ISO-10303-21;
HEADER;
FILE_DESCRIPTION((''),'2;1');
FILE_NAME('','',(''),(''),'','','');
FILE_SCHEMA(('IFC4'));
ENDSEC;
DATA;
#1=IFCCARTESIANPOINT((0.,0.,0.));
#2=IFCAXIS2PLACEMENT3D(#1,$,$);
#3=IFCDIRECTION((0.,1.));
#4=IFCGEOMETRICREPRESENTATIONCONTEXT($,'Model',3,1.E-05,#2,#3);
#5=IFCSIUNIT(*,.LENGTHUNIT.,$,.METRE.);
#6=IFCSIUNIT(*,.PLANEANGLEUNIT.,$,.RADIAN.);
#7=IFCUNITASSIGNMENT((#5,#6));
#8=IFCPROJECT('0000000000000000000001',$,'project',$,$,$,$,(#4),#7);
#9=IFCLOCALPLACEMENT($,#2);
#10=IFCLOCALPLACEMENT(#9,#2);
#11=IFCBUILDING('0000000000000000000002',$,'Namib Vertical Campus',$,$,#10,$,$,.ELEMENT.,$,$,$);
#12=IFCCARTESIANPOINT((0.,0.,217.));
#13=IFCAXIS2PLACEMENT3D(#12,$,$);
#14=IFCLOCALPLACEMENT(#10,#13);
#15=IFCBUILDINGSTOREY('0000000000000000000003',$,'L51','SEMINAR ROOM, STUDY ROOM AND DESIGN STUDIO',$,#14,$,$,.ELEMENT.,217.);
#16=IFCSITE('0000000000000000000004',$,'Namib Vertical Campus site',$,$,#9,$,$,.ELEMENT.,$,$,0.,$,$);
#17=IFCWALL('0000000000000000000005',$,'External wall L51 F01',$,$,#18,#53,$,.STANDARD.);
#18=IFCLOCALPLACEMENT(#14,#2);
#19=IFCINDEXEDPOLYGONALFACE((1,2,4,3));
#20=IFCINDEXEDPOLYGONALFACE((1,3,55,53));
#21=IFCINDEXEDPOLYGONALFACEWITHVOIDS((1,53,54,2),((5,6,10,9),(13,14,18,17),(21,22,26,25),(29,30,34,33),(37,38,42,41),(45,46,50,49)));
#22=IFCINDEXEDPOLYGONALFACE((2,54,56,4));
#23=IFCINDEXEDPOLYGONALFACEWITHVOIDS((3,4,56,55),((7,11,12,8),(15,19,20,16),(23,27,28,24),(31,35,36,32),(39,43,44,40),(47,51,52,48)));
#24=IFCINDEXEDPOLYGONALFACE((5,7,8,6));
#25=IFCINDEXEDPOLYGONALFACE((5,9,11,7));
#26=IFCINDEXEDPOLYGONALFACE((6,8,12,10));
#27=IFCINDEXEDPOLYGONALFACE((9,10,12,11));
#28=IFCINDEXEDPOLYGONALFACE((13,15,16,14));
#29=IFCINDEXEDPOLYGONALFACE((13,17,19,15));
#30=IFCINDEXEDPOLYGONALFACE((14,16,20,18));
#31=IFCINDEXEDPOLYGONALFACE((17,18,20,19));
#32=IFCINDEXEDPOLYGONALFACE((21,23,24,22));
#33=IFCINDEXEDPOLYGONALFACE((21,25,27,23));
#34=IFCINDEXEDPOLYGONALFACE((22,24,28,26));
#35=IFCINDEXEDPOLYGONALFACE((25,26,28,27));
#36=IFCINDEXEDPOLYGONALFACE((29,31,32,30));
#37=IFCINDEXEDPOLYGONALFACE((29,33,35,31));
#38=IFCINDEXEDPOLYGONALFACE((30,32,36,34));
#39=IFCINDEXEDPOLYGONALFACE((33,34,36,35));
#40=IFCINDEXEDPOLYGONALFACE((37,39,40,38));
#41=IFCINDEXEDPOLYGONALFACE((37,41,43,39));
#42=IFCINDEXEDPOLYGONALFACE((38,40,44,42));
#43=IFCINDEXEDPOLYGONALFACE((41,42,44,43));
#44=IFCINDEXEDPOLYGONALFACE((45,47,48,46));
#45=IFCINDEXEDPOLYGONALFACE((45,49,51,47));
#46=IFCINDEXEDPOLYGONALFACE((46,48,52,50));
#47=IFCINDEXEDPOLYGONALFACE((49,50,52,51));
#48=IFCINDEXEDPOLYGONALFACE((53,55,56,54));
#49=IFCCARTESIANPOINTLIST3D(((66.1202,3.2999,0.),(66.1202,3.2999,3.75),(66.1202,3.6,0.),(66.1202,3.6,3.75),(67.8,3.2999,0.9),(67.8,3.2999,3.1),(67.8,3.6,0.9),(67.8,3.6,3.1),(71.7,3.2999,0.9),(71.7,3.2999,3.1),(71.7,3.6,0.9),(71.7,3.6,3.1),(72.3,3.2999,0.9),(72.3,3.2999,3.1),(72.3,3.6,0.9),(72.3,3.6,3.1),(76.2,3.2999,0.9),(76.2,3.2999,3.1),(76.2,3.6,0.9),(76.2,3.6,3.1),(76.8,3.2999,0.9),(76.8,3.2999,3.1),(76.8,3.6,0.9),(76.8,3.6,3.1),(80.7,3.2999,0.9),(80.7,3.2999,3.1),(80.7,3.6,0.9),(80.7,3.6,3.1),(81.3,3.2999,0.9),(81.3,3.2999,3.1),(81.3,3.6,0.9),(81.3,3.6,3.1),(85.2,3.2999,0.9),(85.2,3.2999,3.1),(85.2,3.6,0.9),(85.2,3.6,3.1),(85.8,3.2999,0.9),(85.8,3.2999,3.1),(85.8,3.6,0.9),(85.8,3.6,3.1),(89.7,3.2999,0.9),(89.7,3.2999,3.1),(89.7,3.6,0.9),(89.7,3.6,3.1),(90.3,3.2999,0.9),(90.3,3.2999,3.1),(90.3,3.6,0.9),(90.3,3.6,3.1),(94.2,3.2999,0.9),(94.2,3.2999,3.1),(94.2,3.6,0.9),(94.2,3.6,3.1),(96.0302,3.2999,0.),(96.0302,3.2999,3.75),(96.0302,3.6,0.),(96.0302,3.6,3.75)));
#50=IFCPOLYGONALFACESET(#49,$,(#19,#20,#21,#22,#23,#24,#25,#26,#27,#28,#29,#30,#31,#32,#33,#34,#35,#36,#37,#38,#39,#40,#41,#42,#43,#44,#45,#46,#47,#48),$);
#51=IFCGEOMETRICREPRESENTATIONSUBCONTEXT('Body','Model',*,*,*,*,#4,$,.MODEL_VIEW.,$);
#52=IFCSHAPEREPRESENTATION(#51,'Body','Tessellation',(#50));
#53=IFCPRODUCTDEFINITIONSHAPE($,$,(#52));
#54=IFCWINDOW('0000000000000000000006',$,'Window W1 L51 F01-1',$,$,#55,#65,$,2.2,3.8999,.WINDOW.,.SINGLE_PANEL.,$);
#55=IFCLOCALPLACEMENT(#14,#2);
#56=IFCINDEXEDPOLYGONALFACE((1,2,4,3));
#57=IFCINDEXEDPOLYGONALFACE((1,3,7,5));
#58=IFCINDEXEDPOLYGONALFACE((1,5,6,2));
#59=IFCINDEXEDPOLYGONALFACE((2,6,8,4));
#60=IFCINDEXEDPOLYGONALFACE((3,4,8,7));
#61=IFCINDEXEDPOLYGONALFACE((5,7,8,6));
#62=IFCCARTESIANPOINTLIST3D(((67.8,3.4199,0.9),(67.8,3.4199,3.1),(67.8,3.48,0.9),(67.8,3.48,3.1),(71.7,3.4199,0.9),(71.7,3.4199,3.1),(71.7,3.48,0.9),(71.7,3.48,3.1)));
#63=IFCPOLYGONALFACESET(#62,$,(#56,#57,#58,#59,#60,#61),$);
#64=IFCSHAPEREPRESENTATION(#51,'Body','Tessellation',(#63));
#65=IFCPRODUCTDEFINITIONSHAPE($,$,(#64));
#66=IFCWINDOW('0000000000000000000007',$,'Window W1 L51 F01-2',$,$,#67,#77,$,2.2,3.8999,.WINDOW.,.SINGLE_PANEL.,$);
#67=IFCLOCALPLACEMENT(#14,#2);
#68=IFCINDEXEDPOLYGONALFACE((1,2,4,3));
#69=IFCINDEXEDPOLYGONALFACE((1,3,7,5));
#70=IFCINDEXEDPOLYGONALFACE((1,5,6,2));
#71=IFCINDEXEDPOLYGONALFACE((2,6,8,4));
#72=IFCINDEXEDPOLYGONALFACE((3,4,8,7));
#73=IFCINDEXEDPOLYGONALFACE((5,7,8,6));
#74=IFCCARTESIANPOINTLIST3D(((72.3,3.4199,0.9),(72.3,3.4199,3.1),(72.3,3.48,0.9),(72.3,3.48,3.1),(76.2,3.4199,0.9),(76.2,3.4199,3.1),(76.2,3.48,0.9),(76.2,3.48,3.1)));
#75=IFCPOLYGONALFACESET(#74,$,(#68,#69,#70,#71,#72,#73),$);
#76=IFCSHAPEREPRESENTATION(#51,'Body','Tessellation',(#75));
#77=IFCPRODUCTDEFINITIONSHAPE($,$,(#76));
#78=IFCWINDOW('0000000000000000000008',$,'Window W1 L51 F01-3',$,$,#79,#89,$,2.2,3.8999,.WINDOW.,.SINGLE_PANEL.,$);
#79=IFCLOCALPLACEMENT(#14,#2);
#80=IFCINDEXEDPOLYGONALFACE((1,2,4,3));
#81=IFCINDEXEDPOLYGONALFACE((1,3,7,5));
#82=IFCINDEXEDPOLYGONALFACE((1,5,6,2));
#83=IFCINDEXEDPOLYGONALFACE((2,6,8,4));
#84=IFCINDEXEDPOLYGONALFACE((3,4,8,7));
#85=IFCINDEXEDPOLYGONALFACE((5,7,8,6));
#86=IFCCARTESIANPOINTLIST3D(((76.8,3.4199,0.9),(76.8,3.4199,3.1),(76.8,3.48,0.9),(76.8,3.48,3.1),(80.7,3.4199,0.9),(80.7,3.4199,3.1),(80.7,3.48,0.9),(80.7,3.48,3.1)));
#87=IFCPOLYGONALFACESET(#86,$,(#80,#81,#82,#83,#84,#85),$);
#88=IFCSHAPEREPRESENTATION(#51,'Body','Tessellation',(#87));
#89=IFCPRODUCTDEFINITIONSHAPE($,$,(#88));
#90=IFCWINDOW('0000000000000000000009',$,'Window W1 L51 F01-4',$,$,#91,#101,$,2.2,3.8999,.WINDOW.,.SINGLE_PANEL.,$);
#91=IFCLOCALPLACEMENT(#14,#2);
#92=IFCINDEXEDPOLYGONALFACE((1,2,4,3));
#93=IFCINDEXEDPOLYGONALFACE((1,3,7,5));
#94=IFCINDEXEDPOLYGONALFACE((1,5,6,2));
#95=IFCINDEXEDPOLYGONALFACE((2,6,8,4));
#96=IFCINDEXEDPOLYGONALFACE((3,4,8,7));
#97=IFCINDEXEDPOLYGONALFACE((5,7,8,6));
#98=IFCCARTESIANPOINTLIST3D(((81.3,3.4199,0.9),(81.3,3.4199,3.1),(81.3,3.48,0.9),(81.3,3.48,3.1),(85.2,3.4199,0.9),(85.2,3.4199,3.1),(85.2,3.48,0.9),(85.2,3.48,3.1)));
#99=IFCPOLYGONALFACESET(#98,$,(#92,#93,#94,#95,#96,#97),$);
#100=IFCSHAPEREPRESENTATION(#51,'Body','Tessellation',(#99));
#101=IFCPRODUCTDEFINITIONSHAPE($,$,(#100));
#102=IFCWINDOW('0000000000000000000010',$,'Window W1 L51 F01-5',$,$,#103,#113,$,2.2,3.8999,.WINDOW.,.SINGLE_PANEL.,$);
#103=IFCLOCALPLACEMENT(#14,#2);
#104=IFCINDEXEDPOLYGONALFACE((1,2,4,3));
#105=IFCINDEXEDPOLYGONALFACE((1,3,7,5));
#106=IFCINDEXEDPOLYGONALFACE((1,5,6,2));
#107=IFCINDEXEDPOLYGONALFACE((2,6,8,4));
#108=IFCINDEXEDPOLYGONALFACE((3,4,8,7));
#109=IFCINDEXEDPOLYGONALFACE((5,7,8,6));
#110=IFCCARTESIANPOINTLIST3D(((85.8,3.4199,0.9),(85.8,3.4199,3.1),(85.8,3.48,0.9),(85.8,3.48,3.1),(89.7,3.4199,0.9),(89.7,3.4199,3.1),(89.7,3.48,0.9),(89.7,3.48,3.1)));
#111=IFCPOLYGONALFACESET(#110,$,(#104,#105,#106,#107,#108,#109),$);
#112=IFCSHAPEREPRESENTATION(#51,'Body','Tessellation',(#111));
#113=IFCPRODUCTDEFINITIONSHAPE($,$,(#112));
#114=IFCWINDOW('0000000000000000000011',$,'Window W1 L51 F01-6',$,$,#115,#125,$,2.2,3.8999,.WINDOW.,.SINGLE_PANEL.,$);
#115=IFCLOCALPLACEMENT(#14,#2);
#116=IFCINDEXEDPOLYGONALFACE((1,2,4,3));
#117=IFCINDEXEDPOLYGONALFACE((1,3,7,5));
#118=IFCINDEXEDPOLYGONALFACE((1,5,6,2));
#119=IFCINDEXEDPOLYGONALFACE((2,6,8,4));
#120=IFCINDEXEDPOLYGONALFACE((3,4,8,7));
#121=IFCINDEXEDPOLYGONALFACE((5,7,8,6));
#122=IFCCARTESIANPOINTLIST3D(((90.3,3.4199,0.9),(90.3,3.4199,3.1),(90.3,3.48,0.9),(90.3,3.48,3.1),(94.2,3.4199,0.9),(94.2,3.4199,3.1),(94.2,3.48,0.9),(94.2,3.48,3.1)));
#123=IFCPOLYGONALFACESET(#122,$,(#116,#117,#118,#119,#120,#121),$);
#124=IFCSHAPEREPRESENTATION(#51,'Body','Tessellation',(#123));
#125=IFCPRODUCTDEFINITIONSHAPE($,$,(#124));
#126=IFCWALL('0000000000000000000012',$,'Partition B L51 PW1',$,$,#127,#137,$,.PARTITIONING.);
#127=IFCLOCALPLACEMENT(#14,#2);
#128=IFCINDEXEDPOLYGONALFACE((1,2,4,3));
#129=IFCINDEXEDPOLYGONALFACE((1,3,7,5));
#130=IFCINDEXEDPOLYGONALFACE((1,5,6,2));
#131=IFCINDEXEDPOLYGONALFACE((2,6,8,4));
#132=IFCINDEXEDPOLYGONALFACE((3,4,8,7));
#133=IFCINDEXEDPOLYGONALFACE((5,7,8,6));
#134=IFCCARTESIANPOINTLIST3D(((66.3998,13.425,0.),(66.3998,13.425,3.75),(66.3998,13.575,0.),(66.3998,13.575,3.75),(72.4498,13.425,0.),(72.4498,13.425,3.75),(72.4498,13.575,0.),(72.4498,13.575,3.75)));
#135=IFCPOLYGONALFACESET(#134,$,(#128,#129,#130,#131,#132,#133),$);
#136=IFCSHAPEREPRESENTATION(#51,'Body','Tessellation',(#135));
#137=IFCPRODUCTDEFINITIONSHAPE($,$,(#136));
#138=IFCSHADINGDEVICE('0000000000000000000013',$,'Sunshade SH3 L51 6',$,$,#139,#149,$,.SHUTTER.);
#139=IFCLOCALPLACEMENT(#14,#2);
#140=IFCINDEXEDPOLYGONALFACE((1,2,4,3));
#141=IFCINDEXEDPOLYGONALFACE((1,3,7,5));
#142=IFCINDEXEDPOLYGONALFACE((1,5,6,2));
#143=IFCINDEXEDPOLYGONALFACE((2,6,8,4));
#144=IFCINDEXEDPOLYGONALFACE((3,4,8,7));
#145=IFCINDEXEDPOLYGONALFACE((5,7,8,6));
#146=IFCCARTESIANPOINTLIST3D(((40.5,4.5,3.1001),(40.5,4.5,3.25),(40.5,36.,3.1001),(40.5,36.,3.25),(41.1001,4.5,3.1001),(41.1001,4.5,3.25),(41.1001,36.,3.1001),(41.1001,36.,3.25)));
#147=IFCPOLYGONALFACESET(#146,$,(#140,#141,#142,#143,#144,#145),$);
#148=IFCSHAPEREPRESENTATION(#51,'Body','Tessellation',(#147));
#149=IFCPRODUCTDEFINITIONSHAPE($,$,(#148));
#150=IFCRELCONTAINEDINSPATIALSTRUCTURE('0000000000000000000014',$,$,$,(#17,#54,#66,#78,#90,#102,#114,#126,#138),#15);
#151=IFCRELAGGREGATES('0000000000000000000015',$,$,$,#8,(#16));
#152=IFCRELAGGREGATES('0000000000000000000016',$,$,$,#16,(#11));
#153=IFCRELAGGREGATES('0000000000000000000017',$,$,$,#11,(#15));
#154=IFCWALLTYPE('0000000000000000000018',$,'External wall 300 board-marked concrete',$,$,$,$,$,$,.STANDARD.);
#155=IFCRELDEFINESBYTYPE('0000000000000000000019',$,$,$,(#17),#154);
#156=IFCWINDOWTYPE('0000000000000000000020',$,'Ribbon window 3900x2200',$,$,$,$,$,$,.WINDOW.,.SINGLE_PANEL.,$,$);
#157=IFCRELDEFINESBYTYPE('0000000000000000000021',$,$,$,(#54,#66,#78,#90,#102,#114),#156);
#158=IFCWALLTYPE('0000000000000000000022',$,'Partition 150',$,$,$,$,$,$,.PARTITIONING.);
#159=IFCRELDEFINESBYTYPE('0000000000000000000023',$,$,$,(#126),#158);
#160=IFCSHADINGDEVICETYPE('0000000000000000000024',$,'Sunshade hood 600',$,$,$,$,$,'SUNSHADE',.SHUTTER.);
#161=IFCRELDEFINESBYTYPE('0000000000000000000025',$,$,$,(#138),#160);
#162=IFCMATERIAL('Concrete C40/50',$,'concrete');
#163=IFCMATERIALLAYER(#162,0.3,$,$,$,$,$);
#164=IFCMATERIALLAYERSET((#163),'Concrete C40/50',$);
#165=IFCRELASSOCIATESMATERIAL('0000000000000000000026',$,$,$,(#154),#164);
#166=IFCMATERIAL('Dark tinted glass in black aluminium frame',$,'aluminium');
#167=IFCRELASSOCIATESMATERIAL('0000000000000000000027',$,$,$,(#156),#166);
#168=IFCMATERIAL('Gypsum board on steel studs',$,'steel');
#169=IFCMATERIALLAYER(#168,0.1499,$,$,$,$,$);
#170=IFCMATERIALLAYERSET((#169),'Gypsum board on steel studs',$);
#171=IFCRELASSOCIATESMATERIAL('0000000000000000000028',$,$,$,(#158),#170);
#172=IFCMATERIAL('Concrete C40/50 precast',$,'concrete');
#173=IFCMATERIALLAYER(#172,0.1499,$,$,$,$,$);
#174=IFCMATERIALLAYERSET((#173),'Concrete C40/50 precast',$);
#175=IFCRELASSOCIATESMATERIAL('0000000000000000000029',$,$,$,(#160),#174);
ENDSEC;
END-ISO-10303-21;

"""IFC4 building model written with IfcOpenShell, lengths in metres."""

from ifc_helpers import new_model, si_unit, direction, frame, frame_2d, origin, origin_2d, place, context, subcontext, project, spatial, rectangle, extrude, material, layer, layer_set, type_object, element, fill, save


model = new_model("IFC4")

# Units and contexts
model_context = context("Model", 3, precision=1e-05, world=origin(), true_north=direction((0.0, 1.0)))
body_context = subcontext(model_context, "Body", "Model", "MODEL_VIEW")
ifc_project = project(units=[si_unit("LENGTHUNIT", "METRE"), si_unit("PLANEANGLEUNIT", "RADIAN")], contexts=[model_context])

# Site, building, storey
site_placement = place(None, origin())
site = spatial("IfcSite", under=ifc_project, at=site_placement, Name="Namib Vertical Campus site", CompositionType="ELEMENT", RefElevation=0.0)
building_placement = place(site_placement, origin())
building = spatial("IfcBuilding", under=site, at=building_placement, Name="Namib Vertical Campus", CompositionType="ELEMENT")
storey_placement = place(building_placement, frame((0.0, 0.0, 217.0)))
storey = spatial("IfcBuildingStorey", under=building, at=storey_placement, Name="L51", Description="SEMINAR ROOM, STUDY ROOM AND DESIGN STUDIO", CompositionType="ELEMENT", Elevation=217.0)

# Wall, openings, windows
ifc_material_1 = material(Name="Concrete C40/50", Category="concrete")
ifc_layer_1 = layer(ifc_material_1, 0.3)
ifc_layer_set_1 = layer_set([ifc_layer_1], Name="Concrete C40/50")
wall_type_1 = type_object("IfcWallType", Name="External wall 300 board-marked concrete", PredefinedType="STANDARD", material=ifc_layer_set_1)
ifc_material_2 = material(Name="Dark tinted glass in black aluminium frame", Category="aluminium")
window_type = type_object("IfcWindowType", Name="Ribbon window 3900x2200", PartitioningType="SINGLE_PANEL", PredefinedType="WINDOW", material=ifc_material_2)
wall_1_placement = place(storey_placement, frame((66.1201, 3.45, 0.0), z_axis=(0.0, 0.0, 1.0), x_axis=(1.0, 0.0, 0.0)))
wall_1 = element("IfcWall", 1, at=wall_1_placement, inside=storey, type_object=wall_type_1, Name="External wall L51 F01", PredefinedType="STANDARD", context=body_context, shape_type="SweptSolid", body=[
    extrude(rectangle(XDim=29.9099, YDim=0.3, at=frame_2d((14.9551, 0.0))), origin(), (0.0, 0.0, 1.0), 3.75),
])
opening_1_placement = place(wall_1_placement, frame((1.6799, 0.0, 0.8999)))
opening_1 = element("IfcOpeningElement", 2, at=opening_1_placement, cuts=wall_1, PredefinedType="OPENING", context=body_context, shape_type="SweptSolid", body=[
    extrude(rectangle(XDim=3.8999, YDim=2.2, at=frame_2d((1.95, 1.1001))), frame((0.0, 0.1599, 0.0), z_axis=(0.0, -1.0, 0.0), x_axis=(1.0, 0.0, 0.0)), (0.0, 0.0, 1.0), 0.3201),
])
opening_2_placement = place(wall_1_placement, frame((6.1799, 0.0, 0.8999)))
opening_2 = element("IfcOpeningElement", 3, at=opening_2_placement, cuts=wall_1, PredefinedType="OPENING", context=body_context, shape_type="SweptSolid", body=[
    extrude(rectangle(XDim=3.8999, YDim=2.2, at=frame_2d((1.95, 1.1001))), frame((0.0, 0.1599, 0.0), z_axis=(0.0, -1.0, 0.0), x_axis=(1.0, 0.0, 0.0)), (0.0, 0.0, 1.0), 0.3201),
])
opening_3_placement = place(wall_1_placement, frame((10.6799, 0.0, 0.8999)))
opening_3 = element("IfcOpeningElement", 4, at=opening_3_placement, cuts=wall_1, PredefinedType="OPENING", context=body_context, shape_type="SweptSolid", body=[
    extrude(rectangle(XDim=3.8999, YDim=2.2, at=frame_2d((1.95, 1.1001))), frame((0.0, 0.1599, 0.0), z_axis=(0.0, -1.0, 0.0), x_axis=(1.0, 0.0, 0.0)), (0.0, 0.0, 1.0), 0.3201),
])
opening_4_placement = place(wall_1_placement, frame((15.1799, 0.0, 0.8999)))
opening_4 = element("IfcOpeningElement", 5, at=opening_4_placement, cuts=wall_1, PredefinedType="OPENING", context=body_context, shape_type="SweptSolid", body=[
    extrude(rectangle(XDim=3.8999, YDim=2.2, at=frame_2d((1.95, 1.1001))), frame((0.0, 0.1599, 0.0), z_axis=(0.0, -1.0, 0.0), x_axis=(1.0, 0.0, 0.0)), (0.0, 0.0, 1.0), 0.3201),
])
opening_5_placement = place(wall_1_placement, frame((19.6799, 0.0, 0.8999)))
opening_5 = element("IfcOpeningElement", 6, at=opening_5_placement, cuts=wall_1, PredefinedType="OPENING", context=body_context, shape_type="SweptSolid", body=[
    extrude(rectangle(XDim=3.8999, YDim=2.2, at=frame_2d((1.95, 1.1001))), frame((0.0, 0.1599, 0.0), z_axis=(0.0, -1.0, 0.0), x_axis=(1.0, 0.0, 0.0)), (0.0, 0.0, 1.0), 0.3201),
])
opening_6_placement = place(wall_1_placement, frame((24.1799, 0.0, 0.8999)))
opening_6 = element("IfcOpeningElement", 7, at=opening_6_placement, cuts=wall_1, PredefinedType="OPENING", context=body_context, shape_type="SweptSolid", body=[
    extrude(rectangle(XDim=3.8999, YDim=2.2, at=frame_2d((1.95, 1.1001))), frame((0.0, 0.1599, 0.0), z_axis=(0.0, -1.0, 0.0), x_axis=(1.0, 0.0, 0.0)), (0.0, 0.0, 1.0), 0.3201),
])
window_1_placement = place(opening_1_placement, origin())
window_1 = element("IfcWindow", 8, at=window_1_placement, inside=storey, type_object=window_type, Name="Window W1 L51 F01-1", OverallHeight=2.2, OverallWidth=3.8999, PartitioningType="SINGLE_PANEL", PredefinedType="WINDOW", context=body_context, shape_type="SweptSolid", body=[
    extrude(rectangle(XDim=3.8999, YDim=2.2, at=frame_2d((1.95, 1.1001))), frame((0.0, 0.03, 0.0), z_axis=(0.0, -1.0, 0.0), x_axis=(1.0, 0.0, 0.0)), (0.0, 0.0, 1.0), 0.0601),
])
fill(opening_1, window_1)
window_2_placement = place(opening_2_placement, origin())
window_2 = element("IfcWindow", 9, at=window_2_placement, inside=storey, type_object=window_type, Name="Window W1 L51 F01-2", OverallHeight=2.2, OverallWidth=3.8999, PartitioningType="SINGLE_PANEL", PredefinedType="WINDOW", context=body_context, shape_type="SweptSolid", body=[
    extrude(rectangle(XDim=3.8999, YDim=2.2, at=frame_2d((1.95, 1.1001))), frame((0.0, 0.03, 0.0), z_axis=(0.0, -1.0, 0.0), x_axis=(1.0, 0.0, 0.0)), (0.0, 0.0, 1.0), 0.0601),
])
fill(opening_2, window_2)
window_3_placement = place(opening_3_placement, origin())
window_3 = element("IfcWindow", 10, at=window_3_placement, inside=storey, type_object=window_type, Name="Window W1 L51 F01-3", OverallHeight=2.2, OverallWidth=3.8999, PartitioningType="SINGLE_PANEL", PredefinedType="WINDOW", context=body_context, shape_type="SweptSolid", body=[
    extrude(rectangle(XDim=3.8999, YDim=2.2, at=frame_2d((1.95, 1.1001))), frame((0.0, 0.03, 0.0), z_axis=(0.0, -1.0, 0.0), x_axis=(1.0, 0.0, 0.0)), (0.0, 0.0, 1.0), 0.0601),
])
fill(opening_3, window_3)
window_4_placement = place(opening_4_placement, origin())
window_4 = element("IfcWindow", 11, at=window_4_placement, inside=storey, type_object=window_type, Name="Window W1 L51 F01-4", OverallHeight=2.2, OverallWidth=3.8999, PartitioningType="SINGLE_PANEL", PredefinedType="WINDOW", context=body_context, shape_type="SweptSolid", body=[
    extrude(rectangle(XDim=3.8999, YDim=2.2, at=frame_2d((1.95, 1.1001))), frame((0.0, 0.03, 0.0), z_axis=(0.0, -1.0, 0.0), x_axis=(1.0, 0.0, 0.0)), (0.0, 0.0, 1.0), 0.0601),
])
fill(opening_4, window_4)
window_5_placement = place(opening_5_placement, origin())
window_5 = element("IfcWindow", 12, at=window_5_placement, inside=storey, type_object=window_type, Name="Window W1 L51 F01-5", OverallHeight=2.2, OverallWidth=3.8999, PartitioningType="SINGLE_PANEL", PredefinedType="WINDOW", context=body_context, shape_type="SweptSolid", body=[
    extrude(rectangle(XDim=3.8999, YDim=2.2, at=frame_2d((1.95, 1.1001))), frame((0.0, 0.03, 0.0), z_axis=(0.0, -1.0, 0.0), x_axis=(1.0, 0.0, 0.0)), (0.0, 0.0, 1.0), 0.0601),
])
fill(opening_5, window_5)
window_6_placement = place(opening_6_placement, origin())
window_6 = element("IfcWindow", 13, at=window_6_placement, inside=storey, type_object=window_type, Name="Window W1 L51 F01-6", OverallHeight=2.2, OverallWidth=3.8999, PartitioningType="SINGLE_PANEL", PredefinedType="WINDOW", context=body_context, shape_type="SweptSolid", body=[
    extrude(rectangle(XDim=3.8999, YDim=2.2, at=frame_2d((1.95, 1.1001))), frame((0.0, 0.03, 0.0), z_axis=(0.0, -1.0, 0.0), x_axis=(1.0, 0.0, 0.0)), (0.0, 0.0, 1.0), 0.0601),
])
fill(opening_6, window_6)

# Wall
ifc_material_3 = material(Name="Gypsum board on steel studs", Category="steel")
ifc_layer_2 = layer(ifc_material_3, 0.1499)
ifc_layer_set_2 = layer_set([ifc_layer_2], Name="Gypsum board on steel studs")
wall_type_2 = type_object("IfcWallType", Name="Partition 150", PredefinedType="PARTITIONING", material=ifc_layer_set_2)
wall_2_placement = place(storey_placement, frame((66.3999, 13.5, 0.0), z_axis=(0.0, 0.0, 1.0), x_axis=(1.0, 0.0, 0.0)))
element("IfcWall", 14, at=wall_2_placement, inside=storey, type_object=wall_type_2, Name="Partition B L51 PW1", PredefinedType="PARTITIONING", context=body_context, shape_type="SweptSolid", body=[
    extrude(rectangle(XDim=6.05, YDim=0.1499, at=frame_2d((3.0249, 0.0))), origin(), (0.0, 0.0, 1.0), 3.75),
])

# Shading device
ifc_material_4 = material(Name="Concrete C40/50 precast", Category="concrete")
ifc_layer_3 = layer(ifc_material_4, 0.1499)
ifc_layer_set_3 = layer_set([ifc_layer_3], Name="Concrete C40/50 precast")
shading_device_type = type_object("IfcShadingDeviceType", Name="Sunshade hood 600", ElementType="SUNSHADE", PredefinedType="SHUTTER", material=ifc_layer_set_3)
shading_device_placement = place(storey_placement, frame((40.8, 20.25, 3.1001), z_axis=(0.0, 0.0, 1.0), x_axis=(0.0, 1.0, 0.0)))
element("IfcShadingDevice", 15, at=shading_device_placement, inside=storey, type_object=shading_device_type, Name="Sunshade SH3 L51 6", PredefinedType="SHUTTER", context=body_context, shape_type="SweptSolid", body=[
    extrude(rectangle(XDim=31.5, YDim=0.6001, at=origin_2d()), origin(), (0.0, 0.0, 1.0), 0.1499),
])

save(model, "model.ifc")
